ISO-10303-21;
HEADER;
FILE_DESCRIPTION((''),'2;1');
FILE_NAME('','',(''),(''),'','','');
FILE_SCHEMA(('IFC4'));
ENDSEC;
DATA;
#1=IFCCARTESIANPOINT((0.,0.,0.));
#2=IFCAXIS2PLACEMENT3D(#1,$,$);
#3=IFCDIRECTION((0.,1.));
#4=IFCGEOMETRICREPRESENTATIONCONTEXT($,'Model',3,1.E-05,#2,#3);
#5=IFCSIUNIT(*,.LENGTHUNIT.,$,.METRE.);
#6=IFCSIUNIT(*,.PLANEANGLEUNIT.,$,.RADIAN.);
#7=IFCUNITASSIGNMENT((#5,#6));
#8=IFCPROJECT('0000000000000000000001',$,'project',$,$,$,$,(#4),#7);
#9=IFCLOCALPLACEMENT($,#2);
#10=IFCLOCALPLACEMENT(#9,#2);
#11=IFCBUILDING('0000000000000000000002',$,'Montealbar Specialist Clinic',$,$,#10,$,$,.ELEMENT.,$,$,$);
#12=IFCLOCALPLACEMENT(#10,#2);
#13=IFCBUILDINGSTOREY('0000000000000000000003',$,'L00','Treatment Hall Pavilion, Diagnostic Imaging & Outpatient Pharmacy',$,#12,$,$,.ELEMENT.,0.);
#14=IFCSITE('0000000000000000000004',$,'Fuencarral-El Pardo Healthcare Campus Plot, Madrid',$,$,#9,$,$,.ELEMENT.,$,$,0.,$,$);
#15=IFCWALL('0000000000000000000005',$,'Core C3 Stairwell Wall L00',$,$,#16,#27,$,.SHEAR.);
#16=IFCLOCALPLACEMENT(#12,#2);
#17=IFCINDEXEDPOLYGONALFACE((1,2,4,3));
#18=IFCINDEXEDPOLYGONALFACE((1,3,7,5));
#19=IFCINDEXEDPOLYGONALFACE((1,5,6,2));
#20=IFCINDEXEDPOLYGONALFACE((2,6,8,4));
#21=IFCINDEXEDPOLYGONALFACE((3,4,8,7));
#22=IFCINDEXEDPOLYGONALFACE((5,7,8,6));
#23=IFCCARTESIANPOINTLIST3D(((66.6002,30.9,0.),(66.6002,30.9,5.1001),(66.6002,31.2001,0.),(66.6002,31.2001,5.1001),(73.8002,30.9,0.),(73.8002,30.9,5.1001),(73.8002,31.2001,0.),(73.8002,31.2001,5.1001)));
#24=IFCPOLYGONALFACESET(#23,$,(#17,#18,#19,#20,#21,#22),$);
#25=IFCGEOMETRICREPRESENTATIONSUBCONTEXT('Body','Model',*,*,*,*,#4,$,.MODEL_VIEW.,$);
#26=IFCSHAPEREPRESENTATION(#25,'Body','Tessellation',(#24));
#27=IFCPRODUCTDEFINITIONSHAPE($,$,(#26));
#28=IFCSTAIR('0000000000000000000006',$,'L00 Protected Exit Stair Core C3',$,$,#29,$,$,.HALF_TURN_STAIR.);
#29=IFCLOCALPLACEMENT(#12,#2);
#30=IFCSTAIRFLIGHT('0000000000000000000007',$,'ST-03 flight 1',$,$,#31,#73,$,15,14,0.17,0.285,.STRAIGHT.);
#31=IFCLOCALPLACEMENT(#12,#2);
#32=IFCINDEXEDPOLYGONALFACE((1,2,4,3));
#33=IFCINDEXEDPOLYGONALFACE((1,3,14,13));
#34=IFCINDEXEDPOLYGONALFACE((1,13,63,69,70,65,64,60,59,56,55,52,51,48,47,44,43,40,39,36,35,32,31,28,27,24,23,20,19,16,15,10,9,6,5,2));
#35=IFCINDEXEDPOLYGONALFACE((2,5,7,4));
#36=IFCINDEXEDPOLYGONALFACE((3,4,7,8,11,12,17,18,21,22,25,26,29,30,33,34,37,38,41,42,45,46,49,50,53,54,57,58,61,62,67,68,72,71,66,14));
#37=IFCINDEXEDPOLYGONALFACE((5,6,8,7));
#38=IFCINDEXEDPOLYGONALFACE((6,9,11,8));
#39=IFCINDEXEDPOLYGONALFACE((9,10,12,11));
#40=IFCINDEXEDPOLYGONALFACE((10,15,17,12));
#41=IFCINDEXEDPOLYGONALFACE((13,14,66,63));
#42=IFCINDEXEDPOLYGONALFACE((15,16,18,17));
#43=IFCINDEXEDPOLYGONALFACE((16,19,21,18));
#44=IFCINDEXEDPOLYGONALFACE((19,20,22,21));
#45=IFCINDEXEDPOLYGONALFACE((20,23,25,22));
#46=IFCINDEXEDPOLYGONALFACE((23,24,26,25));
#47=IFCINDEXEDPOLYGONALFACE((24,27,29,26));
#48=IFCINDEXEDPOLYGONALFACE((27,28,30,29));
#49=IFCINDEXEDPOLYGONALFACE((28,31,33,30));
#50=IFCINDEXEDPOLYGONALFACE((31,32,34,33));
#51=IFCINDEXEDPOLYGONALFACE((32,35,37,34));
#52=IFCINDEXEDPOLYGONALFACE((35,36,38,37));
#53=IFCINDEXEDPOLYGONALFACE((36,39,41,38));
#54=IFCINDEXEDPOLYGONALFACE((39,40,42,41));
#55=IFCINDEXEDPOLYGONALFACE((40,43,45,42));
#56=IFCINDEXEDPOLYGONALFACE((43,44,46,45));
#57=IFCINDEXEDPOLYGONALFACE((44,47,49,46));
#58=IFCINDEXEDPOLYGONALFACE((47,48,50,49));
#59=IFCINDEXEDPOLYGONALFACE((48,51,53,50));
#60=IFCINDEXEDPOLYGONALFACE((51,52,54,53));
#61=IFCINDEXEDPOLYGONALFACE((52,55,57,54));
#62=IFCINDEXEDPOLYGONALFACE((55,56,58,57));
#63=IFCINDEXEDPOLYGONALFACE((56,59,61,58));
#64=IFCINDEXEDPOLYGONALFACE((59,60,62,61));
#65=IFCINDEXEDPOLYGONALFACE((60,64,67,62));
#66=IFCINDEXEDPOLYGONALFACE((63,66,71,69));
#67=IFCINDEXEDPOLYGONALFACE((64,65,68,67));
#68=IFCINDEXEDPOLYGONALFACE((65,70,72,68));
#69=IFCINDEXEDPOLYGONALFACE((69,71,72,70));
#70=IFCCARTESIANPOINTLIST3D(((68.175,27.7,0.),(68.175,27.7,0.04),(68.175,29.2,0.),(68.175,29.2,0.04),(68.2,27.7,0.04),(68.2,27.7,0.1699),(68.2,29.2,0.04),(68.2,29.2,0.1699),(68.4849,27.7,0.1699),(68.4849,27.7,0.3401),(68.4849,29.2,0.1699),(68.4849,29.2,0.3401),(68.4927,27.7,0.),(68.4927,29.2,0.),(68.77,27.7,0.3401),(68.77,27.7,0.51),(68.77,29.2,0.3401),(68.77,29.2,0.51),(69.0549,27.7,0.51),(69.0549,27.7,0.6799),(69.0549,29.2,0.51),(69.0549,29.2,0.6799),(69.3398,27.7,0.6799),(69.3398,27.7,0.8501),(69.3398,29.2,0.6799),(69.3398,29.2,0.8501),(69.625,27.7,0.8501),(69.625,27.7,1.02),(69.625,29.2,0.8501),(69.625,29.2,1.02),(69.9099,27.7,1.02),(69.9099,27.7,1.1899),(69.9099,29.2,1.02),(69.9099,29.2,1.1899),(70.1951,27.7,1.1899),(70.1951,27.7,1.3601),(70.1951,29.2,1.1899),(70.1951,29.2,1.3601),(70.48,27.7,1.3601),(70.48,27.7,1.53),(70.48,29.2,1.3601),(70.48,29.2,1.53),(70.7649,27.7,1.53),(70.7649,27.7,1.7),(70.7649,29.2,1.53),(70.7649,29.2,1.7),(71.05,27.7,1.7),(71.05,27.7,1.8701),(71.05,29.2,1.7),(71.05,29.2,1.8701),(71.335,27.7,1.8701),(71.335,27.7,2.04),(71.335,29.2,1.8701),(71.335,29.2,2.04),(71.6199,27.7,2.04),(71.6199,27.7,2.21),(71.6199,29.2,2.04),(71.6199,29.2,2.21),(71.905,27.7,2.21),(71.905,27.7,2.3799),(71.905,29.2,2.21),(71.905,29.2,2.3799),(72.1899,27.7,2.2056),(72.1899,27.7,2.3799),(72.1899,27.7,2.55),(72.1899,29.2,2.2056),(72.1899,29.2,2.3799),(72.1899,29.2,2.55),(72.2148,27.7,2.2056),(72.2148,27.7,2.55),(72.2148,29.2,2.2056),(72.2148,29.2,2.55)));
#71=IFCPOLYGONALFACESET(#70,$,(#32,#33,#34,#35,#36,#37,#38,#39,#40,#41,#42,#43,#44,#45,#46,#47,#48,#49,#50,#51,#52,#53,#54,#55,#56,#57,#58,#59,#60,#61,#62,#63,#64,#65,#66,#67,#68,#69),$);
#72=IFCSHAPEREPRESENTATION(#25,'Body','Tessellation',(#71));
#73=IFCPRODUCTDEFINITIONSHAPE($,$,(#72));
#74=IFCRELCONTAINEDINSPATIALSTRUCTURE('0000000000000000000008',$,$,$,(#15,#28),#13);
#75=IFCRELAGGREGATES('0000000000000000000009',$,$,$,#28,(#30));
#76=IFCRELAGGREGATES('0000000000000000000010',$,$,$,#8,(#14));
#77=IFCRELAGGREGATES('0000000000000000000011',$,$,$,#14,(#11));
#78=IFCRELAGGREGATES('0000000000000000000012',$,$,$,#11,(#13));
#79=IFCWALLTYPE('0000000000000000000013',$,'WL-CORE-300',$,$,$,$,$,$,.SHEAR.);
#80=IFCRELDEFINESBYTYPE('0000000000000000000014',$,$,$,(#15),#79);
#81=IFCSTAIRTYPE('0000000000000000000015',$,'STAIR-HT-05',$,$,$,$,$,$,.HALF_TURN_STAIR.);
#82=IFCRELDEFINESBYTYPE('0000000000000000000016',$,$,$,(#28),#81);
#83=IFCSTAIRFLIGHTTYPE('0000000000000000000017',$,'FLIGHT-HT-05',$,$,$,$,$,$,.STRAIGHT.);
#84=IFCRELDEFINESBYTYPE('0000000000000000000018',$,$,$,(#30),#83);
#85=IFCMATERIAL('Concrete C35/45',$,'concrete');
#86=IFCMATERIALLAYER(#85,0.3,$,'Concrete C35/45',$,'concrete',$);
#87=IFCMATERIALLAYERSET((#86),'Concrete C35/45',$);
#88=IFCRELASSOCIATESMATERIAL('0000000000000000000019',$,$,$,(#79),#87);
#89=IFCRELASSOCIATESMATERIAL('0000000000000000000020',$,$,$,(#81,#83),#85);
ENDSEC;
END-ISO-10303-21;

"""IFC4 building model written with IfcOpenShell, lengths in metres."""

from ifc_helpers import new_model, si_unit, direction, frame, frame_2d, origin, place, context, subcontext, project, spatial, polyline, rectangle, outline, extrude, material, layer, layer_set, type_object, element, aggregate, save


model = new_model("IFC4")

# Units and contexts
model_context = context("Model", 3, precision=1e-05, world=origin(), true_north=direction((0.0, 1.0)))
body_context = subcontext(model_context, "Body", "Model", "MODEL_VIEW")
ifc_project = project(units=[si_unit("LENGTHUNIT", "METRE"), si_unit("PLANEANGLEUNIT", "RADIAN")], contexts=[model_context])

# Site, building, storey
site_placement = place(None, origin())
site = spatial("IfcSite", under=ifc_project, at=site_placement, Name="Fuencarral-El Pardo Healthcare Campus Plot, Madrid", CompositionType="ELEMENT", RefElevation=0.0)
building_placement = place(site_placement, origin())
building = spatial("IfcBuilding", under=site, at=building_placement, Name="Montealbar Specialist Clinic", CompositionType="ELEMENT")
storey_placement = place(building_placement, origin())
storey = spatial("IfcBuildingStorey", under=building, at=storey_placement, Name="L00", Description="Treatment Hall Pavilion, Diagnostic Imaging & Outpatient Pharmacy", CompositionType="ELEMENT", Elevation=0.0)

# Wall
ifc_material_1 = material(Name="Concrete C35/45", Category="concrete")
ifc_layer_1 = layer(ifc_material_1, 0.3, Name="Concrete C35/45", Category="concrete")
ifc_layer_set_1 = layer_set([ifc_layer_1], Name="Concrete C35/45")
wall_type_1 = type_object("IfcWallType", Name="WL-CORE-300", PredefinedType="SHEAR", material=ifc_layer_set_1)
wall_1_placement = place(storey_placement, frame((66.6001, 31.05, 0.0), z_axis=(0.0, 0.0, 1.0), x_axis=(1.0, 0.0, 0.0)))
element("IfcWall", 1, at=wall_1_placement, inside=storey, type_object=wall_type_1, Name="Core C3 Stairwell Wall L00", PredefinedType="SHEAR", context=body_context, shape_type="SweptSolid", body=[
    extrude(rectangle(XDim=7.2, YDim=0.3, at=frame_2d((3.6001, 0.0))), origin(), (0.0, 0.0, 1.0), 5.1001),
])

# Stair, stair flight
stair_type = type_object("IfcStairType", Name="STAIR-HT-05", PredefinedType="HALF_TURN_STAIR", material=ifc_material_1)
stair_placement = place(storey_placement, origin())
stair = element("IfcStair", 2, at=stair_placement, inside=storey, type_object=stair_type, Name="L00 Protected Exit Stair Core C3", PredefinedType="HALF_TURN_STAIR")
stair_flight_type = type_object("IfcStairFlightType", Name="FLIGHT-HT-05", PredefinedType="STRAIGHT", material=ifc_material_1)
stair_flight_placement = place(storey_placement, frame((68.2, 28.45, 0.0), z_axis=(0.0, 0.0, 1.0), x_axis=(1.0, 0.0, 0.0)))
stair_flight = element("IfcStairFlight", 3, at=stair_flight_placement, type_object=stair_flight_type, Name="ST-03 flight 1", NumberOfRisers=15, NumberOfTreads=14, PredefinedType="STRAIGHT", RiserHeight=0.17, TreadLength=0.285, context=body_context, shape_type="SweptSolid", body=[
    extrude(outline(polyline([(-0.0249, 0.0), (-0.0249, 0.04), (0.0, 0.04), (0.0, 0.1699), (0.2849, 0.1699), (0.2849, 0.3401), (0.5701, 0.3401), (0.5701, 0.51), (0.855, 0.51), (0.855, 0.6799), (1.1399, 0.6799), (1.1399, 0.8501), (1.425, 0.8501), (1.425, 1.02), (1.71, 1.02), (1.71, 1.1899), (1.9951, 1.1899), (1.9951, 1.3601), (2.28, 1.3601), (2.28, 1.53), (2.5649, 1.53), (2.5649, 1.7), (2.8501, 1.7), (2.8501, 1.8701), (3.135, 1.8701), (3.135, 2.04), (3.4199, 2.04), (3.4199, 2.21), (3.7051, 2.21), (3.7051, 2.3799), (3.99, 2.3799), (3.99, 2.55), (4.0149, 2.55), (4.0149, 2.2056), (3.99, 2.2056), (0.2927, 0.0), (-0.0249, 0.0)])), frame((0.0, 0.75, 0.0), z_axis=(0.0, -1.0, 0.0), x_axis=(1.0, 0.0, 0.0)), (0.0, 0.0, 1.0), 1.5),
])
aggregate(stair, [stair_flight])

save(model, "model.ifc")
